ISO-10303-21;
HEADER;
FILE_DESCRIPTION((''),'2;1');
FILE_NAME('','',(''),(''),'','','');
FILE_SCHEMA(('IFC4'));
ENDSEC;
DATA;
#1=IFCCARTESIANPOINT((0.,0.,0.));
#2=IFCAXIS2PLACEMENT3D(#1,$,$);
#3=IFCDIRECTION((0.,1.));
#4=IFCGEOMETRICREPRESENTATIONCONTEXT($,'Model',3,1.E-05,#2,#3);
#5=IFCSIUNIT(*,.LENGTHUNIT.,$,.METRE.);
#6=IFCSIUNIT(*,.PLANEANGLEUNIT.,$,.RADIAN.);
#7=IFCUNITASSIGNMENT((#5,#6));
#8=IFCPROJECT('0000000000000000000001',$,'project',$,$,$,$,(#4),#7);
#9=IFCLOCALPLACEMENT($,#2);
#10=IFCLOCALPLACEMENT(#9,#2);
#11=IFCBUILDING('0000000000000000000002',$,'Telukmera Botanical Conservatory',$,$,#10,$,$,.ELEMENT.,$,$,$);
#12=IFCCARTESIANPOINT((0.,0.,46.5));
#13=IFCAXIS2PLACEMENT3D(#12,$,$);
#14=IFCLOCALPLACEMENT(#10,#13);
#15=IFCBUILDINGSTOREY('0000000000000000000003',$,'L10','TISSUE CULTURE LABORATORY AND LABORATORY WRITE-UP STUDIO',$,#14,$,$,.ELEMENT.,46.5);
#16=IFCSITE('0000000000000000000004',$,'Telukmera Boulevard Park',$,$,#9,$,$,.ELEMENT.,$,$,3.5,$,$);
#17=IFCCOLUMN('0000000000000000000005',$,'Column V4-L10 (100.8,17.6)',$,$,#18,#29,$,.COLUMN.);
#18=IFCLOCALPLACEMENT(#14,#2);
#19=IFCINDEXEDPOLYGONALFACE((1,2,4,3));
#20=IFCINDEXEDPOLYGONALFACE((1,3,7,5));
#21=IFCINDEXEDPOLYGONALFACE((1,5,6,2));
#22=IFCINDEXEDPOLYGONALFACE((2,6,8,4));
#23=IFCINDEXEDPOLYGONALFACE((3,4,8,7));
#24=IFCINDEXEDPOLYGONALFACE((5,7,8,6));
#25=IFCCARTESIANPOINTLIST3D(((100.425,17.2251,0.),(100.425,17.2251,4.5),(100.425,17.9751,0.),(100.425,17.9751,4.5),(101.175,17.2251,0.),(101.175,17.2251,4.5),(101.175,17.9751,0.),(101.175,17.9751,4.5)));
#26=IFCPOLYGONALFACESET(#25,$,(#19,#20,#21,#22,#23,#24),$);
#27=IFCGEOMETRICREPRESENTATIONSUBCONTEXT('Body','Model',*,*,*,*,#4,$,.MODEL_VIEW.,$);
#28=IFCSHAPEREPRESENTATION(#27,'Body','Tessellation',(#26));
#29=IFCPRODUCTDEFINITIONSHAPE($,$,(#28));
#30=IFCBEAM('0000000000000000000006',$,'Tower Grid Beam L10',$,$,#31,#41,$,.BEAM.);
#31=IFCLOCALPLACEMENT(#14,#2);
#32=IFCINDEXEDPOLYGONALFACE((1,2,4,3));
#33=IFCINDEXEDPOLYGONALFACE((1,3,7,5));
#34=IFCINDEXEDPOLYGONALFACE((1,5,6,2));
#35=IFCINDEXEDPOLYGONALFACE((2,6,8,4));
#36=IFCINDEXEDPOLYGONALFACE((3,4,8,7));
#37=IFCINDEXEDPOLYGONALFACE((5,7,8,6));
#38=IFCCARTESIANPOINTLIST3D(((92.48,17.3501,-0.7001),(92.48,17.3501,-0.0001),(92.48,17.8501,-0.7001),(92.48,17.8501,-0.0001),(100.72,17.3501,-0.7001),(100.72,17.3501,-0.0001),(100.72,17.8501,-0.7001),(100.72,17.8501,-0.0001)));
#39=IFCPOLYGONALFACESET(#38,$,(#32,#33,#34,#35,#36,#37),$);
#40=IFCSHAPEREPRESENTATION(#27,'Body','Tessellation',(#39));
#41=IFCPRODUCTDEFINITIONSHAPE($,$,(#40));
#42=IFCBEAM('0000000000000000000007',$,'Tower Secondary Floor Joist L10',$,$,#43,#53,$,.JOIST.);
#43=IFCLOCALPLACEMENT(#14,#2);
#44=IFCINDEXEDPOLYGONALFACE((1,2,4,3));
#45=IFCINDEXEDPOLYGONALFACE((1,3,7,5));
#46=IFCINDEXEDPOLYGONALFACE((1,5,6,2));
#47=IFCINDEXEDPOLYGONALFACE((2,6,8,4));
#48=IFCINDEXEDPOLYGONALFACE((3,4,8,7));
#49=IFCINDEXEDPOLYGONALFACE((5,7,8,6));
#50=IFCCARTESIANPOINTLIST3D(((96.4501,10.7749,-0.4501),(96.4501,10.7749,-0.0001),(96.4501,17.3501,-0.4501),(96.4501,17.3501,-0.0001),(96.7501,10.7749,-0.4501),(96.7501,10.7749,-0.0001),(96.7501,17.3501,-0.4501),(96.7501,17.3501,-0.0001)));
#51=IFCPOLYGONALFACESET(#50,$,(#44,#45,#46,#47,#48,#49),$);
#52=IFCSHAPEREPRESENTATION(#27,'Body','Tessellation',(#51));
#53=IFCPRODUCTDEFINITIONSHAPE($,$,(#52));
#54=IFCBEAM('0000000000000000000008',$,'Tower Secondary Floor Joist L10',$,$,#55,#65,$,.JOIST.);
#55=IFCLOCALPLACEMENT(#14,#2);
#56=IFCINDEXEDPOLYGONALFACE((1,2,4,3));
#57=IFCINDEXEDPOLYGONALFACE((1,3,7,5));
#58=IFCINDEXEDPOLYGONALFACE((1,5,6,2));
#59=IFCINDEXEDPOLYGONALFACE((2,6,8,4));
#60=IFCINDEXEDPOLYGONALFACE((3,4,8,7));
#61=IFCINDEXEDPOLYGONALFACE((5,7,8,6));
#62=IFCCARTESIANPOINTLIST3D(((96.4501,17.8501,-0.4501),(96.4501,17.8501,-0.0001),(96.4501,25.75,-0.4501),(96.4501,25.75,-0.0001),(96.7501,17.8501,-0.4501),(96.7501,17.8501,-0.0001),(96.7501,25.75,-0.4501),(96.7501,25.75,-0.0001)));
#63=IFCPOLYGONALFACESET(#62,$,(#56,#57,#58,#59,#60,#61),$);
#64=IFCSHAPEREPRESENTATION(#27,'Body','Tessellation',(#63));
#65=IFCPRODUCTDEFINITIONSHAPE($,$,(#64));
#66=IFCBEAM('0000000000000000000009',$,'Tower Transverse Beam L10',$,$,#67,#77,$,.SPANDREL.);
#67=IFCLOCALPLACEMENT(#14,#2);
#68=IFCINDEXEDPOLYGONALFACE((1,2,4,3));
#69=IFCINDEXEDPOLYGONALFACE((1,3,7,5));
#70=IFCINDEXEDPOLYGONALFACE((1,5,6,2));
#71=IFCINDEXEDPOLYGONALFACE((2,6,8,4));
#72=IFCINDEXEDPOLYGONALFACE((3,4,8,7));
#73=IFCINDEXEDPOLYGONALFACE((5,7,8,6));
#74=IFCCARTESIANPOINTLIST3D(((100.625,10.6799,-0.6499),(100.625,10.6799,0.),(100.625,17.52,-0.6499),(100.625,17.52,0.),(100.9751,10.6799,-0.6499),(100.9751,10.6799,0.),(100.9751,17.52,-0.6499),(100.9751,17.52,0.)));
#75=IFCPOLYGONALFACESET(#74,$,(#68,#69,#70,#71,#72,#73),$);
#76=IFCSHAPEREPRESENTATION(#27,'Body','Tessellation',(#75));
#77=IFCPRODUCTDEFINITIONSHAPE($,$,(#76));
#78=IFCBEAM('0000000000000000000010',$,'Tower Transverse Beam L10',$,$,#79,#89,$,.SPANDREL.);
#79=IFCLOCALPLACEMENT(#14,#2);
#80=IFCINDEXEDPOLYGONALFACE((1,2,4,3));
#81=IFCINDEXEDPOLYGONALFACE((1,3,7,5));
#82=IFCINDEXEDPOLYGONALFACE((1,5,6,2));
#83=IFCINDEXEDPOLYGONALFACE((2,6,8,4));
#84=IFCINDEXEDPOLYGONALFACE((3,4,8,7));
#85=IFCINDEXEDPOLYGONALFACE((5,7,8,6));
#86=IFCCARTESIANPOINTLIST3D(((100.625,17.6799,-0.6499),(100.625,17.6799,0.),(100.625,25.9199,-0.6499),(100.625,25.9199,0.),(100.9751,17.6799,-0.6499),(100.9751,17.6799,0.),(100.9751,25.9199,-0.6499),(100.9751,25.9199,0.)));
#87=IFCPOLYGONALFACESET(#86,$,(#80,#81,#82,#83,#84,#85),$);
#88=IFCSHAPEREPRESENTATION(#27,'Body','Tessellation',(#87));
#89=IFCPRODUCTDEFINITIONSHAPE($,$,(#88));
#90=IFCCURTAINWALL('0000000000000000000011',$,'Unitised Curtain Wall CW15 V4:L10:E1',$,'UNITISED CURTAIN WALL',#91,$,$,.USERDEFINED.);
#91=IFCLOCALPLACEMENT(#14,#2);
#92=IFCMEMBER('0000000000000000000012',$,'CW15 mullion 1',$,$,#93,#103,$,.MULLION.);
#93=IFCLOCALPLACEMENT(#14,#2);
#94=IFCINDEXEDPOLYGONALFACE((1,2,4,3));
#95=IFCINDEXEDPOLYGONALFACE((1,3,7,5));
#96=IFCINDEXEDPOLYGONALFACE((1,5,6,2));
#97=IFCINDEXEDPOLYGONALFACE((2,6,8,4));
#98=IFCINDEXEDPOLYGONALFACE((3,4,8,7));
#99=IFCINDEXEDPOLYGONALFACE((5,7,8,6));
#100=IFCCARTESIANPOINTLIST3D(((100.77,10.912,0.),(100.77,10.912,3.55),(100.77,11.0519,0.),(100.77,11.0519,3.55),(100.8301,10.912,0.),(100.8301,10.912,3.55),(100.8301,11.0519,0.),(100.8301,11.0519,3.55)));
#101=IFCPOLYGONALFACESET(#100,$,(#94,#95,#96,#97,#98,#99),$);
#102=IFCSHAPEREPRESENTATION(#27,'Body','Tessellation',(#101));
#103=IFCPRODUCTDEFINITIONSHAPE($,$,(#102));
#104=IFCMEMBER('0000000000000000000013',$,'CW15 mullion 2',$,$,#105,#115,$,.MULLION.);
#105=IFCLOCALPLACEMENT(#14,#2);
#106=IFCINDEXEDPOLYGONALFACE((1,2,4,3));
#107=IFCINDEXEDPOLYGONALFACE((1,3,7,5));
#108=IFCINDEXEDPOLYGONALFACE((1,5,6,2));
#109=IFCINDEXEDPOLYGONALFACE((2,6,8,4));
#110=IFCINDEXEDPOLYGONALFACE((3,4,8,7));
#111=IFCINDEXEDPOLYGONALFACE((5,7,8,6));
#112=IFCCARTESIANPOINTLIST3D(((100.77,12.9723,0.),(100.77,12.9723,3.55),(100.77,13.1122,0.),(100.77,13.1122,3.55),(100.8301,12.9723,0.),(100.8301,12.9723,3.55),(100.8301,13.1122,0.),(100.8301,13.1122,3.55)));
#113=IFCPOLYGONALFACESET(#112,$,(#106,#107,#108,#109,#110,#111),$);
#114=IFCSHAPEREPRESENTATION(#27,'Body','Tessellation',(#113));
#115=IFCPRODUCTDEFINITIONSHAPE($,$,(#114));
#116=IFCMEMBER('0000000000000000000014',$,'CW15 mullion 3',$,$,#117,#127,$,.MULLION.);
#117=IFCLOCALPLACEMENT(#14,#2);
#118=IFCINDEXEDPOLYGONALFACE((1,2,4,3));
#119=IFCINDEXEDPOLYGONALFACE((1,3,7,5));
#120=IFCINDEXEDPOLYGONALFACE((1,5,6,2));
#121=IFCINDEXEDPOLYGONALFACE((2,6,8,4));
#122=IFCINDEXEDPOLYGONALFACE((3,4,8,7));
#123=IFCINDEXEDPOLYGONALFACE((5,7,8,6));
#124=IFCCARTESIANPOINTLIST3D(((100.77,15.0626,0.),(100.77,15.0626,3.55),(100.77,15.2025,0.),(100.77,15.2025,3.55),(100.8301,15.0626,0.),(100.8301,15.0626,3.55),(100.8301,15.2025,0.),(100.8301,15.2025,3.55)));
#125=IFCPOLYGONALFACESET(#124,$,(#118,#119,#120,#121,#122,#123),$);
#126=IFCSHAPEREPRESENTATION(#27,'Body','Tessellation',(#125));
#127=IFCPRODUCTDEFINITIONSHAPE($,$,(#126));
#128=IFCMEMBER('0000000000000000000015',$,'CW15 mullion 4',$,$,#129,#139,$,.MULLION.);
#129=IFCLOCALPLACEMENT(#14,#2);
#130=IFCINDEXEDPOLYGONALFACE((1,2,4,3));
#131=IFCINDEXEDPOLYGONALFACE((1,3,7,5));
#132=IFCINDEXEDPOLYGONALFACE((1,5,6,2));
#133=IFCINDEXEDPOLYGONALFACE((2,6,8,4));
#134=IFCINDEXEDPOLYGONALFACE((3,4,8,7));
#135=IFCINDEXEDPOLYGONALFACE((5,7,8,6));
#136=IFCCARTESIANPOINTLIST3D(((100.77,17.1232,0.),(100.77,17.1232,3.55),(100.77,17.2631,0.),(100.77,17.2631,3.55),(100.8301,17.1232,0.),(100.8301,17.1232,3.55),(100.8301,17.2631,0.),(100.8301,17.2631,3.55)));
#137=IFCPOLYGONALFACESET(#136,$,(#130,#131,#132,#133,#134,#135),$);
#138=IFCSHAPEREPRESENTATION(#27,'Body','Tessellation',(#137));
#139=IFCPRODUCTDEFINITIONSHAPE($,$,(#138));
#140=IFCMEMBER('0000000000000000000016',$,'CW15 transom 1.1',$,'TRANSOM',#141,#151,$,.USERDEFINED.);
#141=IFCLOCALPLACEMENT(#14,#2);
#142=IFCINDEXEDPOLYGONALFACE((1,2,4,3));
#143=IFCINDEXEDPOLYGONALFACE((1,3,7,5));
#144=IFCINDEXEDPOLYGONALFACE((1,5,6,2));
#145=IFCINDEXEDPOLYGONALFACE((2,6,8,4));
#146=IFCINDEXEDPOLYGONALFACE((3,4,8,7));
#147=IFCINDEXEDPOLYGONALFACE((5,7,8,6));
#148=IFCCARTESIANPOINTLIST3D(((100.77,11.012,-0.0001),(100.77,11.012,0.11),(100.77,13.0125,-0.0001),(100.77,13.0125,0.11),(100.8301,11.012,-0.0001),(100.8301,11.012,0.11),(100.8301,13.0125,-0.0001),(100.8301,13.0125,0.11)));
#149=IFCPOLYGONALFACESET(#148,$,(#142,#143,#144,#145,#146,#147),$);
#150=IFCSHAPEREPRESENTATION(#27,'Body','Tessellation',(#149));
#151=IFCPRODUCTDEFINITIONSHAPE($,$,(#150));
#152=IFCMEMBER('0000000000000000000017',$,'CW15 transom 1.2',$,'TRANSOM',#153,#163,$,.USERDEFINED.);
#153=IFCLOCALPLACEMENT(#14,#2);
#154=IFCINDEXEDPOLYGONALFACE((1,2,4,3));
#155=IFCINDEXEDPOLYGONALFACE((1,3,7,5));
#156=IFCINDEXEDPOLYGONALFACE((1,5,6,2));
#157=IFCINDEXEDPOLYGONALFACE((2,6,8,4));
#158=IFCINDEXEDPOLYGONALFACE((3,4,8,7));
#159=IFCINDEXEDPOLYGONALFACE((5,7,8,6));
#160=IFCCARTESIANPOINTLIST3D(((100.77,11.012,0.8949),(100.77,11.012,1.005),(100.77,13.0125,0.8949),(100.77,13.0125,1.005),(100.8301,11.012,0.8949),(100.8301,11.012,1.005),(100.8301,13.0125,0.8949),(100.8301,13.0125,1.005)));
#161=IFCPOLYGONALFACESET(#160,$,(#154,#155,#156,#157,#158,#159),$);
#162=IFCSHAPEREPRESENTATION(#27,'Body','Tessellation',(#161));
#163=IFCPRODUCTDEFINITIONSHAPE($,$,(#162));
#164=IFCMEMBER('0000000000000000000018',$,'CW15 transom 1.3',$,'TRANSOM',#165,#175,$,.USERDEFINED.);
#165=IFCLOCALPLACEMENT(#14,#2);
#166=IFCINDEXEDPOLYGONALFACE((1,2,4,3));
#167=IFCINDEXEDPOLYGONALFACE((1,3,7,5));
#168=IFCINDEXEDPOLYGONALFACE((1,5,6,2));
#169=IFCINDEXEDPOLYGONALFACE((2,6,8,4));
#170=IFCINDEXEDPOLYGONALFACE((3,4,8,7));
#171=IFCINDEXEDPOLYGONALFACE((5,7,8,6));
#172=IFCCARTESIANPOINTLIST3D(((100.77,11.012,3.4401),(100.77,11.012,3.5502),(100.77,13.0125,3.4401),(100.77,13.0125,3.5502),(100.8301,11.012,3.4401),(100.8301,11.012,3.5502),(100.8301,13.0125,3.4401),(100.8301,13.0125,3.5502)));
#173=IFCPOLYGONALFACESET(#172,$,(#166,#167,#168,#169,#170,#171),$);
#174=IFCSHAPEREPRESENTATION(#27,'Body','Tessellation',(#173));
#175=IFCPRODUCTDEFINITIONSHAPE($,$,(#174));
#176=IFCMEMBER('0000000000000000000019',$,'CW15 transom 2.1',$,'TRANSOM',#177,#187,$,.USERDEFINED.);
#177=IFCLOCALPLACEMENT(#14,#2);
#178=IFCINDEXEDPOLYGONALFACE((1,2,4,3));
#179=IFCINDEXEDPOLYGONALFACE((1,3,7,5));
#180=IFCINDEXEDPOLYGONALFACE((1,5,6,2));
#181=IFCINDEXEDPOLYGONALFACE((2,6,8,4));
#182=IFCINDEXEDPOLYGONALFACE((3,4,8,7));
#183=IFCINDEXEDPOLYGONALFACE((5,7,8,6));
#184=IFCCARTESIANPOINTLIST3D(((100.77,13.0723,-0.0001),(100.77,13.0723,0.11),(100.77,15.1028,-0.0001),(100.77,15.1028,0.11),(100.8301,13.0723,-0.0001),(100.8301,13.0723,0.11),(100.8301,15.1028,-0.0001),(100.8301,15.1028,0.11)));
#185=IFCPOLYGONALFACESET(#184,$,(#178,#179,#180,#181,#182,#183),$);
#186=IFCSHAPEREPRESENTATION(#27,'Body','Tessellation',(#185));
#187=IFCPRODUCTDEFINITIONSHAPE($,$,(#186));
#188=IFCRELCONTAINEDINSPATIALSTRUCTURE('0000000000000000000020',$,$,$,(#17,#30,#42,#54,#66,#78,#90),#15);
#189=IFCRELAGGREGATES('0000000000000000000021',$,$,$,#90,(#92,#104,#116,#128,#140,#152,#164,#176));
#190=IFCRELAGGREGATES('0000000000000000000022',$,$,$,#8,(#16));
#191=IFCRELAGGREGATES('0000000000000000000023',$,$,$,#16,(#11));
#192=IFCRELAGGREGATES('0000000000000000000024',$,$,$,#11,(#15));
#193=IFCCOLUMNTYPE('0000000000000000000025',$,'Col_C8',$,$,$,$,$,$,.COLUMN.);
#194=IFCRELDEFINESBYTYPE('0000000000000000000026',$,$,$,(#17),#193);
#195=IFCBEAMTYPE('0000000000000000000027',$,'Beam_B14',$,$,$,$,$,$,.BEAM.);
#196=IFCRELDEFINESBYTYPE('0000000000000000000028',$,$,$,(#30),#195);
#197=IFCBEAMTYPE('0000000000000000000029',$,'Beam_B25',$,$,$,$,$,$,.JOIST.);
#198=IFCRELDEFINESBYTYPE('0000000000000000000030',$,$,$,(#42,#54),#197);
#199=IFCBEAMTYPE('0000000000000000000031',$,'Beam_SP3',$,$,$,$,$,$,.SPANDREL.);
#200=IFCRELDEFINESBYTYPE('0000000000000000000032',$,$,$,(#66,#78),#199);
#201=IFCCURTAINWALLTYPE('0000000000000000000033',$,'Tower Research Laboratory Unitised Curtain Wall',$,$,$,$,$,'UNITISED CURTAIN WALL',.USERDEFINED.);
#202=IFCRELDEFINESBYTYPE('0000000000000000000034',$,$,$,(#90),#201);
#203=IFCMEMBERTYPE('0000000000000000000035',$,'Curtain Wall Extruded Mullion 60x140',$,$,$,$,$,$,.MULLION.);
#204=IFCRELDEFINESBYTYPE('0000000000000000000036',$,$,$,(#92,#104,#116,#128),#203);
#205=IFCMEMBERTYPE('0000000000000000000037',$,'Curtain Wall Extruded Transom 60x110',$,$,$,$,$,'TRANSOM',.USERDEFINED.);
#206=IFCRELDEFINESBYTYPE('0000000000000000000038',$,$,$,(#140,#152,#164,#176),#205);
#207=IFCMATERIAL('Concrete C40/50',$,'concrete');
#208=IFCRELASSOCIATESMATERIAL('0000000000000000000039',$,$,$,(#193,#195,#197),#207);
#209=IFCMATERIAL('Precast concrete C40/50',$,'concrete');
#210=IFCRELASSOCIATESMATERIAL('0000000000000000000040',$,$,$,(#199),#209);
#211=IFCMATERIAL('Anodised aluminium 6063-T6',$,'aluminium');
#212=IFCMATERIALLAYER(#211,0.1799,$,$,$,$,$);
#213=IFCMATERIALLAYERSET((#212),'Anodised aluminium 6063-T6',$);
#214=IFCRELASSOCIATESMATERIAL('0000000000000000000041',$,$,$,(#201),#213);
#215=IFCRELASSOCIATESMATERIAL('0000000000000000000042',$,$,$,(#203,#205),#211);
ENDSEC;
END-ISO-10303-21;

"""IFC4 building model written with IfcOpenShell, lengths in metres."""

from ifc_helpers import new_model, si_unit, direction, frame, origin, origin_2d, place, context, subcontext, project, spatial, rectangle, extrude, material, layer, layer_set, material_profile, profile_set, type_object, element, aggregate, save


model = new_model("IFC4")

# Units and contexts
model_context = context("Model", 3, precision=1e-05, world=origin(), true_north=direction((0.0, 1.0)))
body_context = subcontext(model_context, "Body", "Model", "MODEL_VIEW")
ifc_project = project(units=[si_unit("LENGTHUNIT", "METRE"), si_unit("PLANEANGLEUNIT", "RADIAN")], contexts=[model_context])

# Site, building, storey
site_placement = place(None, origin())
site = spatial("IfcSite", under=ifc_project, at=site_placement, Name="Telukmera Boulevard Park", CompositionType="ELEMENT", RefElevation=3.5)
building_placement = place(site_placement, origin())
building = spatial("IfcBuilding", under=site, at=building_placement, Name="Telukmera Botanical Conservatory", CompositionType="ELEMENT")
storey_placement = place(building_placement, frame((0.0, 0.0, 46.5)))
storey = spatial("IfcBuildingStorey", under=building, at=storey_placement, Name="L10", Description="TISSUE CULTURE LABORATORY AND LABORATORY WRITE-UP STUDIO", CompositionType="ELEMENT", Elevation=46.5)

# Column
ifc_material_1 = material(Name="Concrete C40/50", Category="concrete")
ifc_material_profile_1 = material_profile(ifc_material_1, rectangle(XDim=0.75, YDim=0.75, at=origin_2d()), Name="RC 750x750")
ifc_profile_set_1 = profile_set([ifc_material_profile_1], Name="Concrete C40/50")
column_type = type_object("IfcColumnType", Name="Col_C8", PredefinedType="COLUMN", material=ifc_profile_set_1)
column_placement = place(storey_placement, frame((100.8, 17.6001, 0.0), z_axis=(0.0, 0.0, 1.0), x_axis=(1.0, 0.0, 0.0)))
element("IfcColumn", 1, at=column_placement, inside=storey, type_object=column_type, Name="Column V4-L10 (100.8,17.6)", PredefinedType="COLUMN", context=body_context, shape_type="SweptSolid", body=[
    extrude(rectangle(XDim=0.75, YDim=0.75, at=origin_2d()), origin(), (0.0, 0.0, 1.0), 4.5),
])

# Beams
ifc_material_profile_2 = material_profile(ifc_material_1, rectangle(XDim=0.5, YDim=0.7, at=origin_2d()), Name="RC 500x700")
ifc_profile_set_2 = profile_set([ifc_material_profile_2], Name="Concrete C40/50")
beam_type_1 = type_object("IfcBeamType", Name="Beam_B14", PredefinedType="BEAM", material=ifc_profile_set_2)
beam_1_placement = place(storey_placement, frame((92.48, 17.6001, -0.3501), z_axis=(1.0, 0.0, 0.0), x_axis=(0.0, 1.0, 0.0)))
element("IfcBeam", 2, at=beam_1_placement, inside=storey, type_object=beam_type_1, Name="Tower Grid Beam L10", PredefinedType="BEAM", context=body_context, shape_type="SweptSolid", body=[
    extrude(rectangle(XDim=0.5, YDim=0.7, at=origin_2d()), origin(), (0.0, 0.0, 1.0), 8.24),
])
ifc_material_profile_3 = material_profile(ifc_material_1, rectangle(XDim=0.3, YDim=0.45, at=origin_2d()), Name="RC 300x450")
ifc_profile_set_3 = profile_set([ifc_material_profile_3], Name="Concrete C40/50")
beam_type_2 = type_object("IfcBeamType", Name="Beam_B25", PredefinedType="JOIST", material=ifc_profile_set_3)
beam_2_placement = place(storey_placement, frame((96.6001, 10.7749, -0.2251), z_axis=(0.0, 1.0, 0.0), x_axis=(-1.0, 0.0, 0.0)))
element("IfcBeam", 3, at=beam_2_placement, inside=storey, type_object=beam_type_2, Name="Tower Secondary Floor Joist L10", PredefinedType="JOIST", context=body_context, shape_type="SweptSolid", body=[
    extrude(rectangle(XDim=0.3, YDim=0.45, at=origin_2d()), origin(), (0.0, 0.0, 1.0), 6.5752),
])
beam_3_placement = place(storey_placement, frame((96.6001, 17.8501, -0.2251), z_axis=(0.0, 1.0, 0.0), x_axis=(-1.0, 0.0, 0.0)))
element("IfcBeam", 4, at=beam_3_placement, inside=storey, type_object=beam_type_2, Name="Tower Secondary Floor Joist L10", PredefinedType="JOIST", context=body_context, shape_type="SweptSolid", body=[
    extrude(rectangle(XDim=0.3, YDim=0.45, at=origin_2d()), origin(), (0.0, 0.0, 1.0), 7.8999),
])
ifc_material_2 = material(Name="Precast concrete C40/50", Category="concrete")
ifc_material_profile_4 = material_profile(ifc_material_2, rectangle(XDim=0.3501, YDim=0.6499, at=origin_2d()), Name="PC 350x650")
ifc_profile_set_4 = profile_set([ifc_material_profile_4], Name="Precast concrete C40/50")
beam_type_3 = type_object("IfcBeamType", Name="Beam_SP3", PredefinedType="SPANDREL", material=ifc_profile_set_4)
beam_4_placement = place(storey_placement, frame((100.8, 10.6799, -0.325), z_axis=(0.0, 1.0, 0.0), x_axis=(-1.0, 0.0, 0.0)))
element("IfcBeam", 5, at=beam_4_placement, inside=storey, type_object=beam_type_3, Name="Tower Transverse Beam L10", PredefinedType="SPANDREL", context=body_context, shape_type="SweptSolid", body=[
    extrude(rectangle(XDim=0.3501, YDim=0.6499, at=origin_2d()), origin(), (0.0, 0.0, 1.0), 6.8401),
])
beam_5_placement = place(storey_placement, frame((100.8, 17.6799, -0.325), z_axis=(0.0, 1.0, 0.0), x_axis=(-1.0, 0.0, 0.0)))
element("IfcBeam", 6, at=beam_5_placement, inside=storey, type_object=beam_type_3, Name="Tower Transverse Beam L10", PredefinedType="SPANDREL", context=body_context, shape_type="SweptSolid", body=[
    extrude(rectangle(XDim=0.3501, YDim=0.6499, at=origin_2d()), origin(), (0.0, 0.0, 1.0), 8.24),
])

# Curtain wall, members
ifc_material_3 = material(Name="Anodised aluminium 6063-T6", Category="aluminium")
ifc_layer_1 = layer(ifc_material_3, 0.1799)
ifc_layer_set_1 = layer_set([ifc_layer_1], Name="Anodised aluminium 6063-T6")
curtain_wall_type = type_object("IfcCurtainWallType", Name="Tower Research Laboratory Unitised Curtain Wall", ElementType="UNITISED CURTAIN WALL", PredefinedType="USERDEFINED", material=ifc_layer_set_1)
curtain_wall_placement = place(storey_placement, origin())
curtain_wall = element("IfcCurtainWall", 7, at=curtain_wall_placement, inside=storey, type_object=curtain_wall_type, Name="Unitised Curtain Wall CW15 V4:L10:E1", ObjectType="UNITISED CURTAIN WALL", PredefinedType="USERDEFINED")
ifc_material_profile_5 = material_profile(ifc_material_3, rectangle(XDim=0.0601, YDim=0.1399, at=origin_2d()), Name="ALU MULL 60x140")
ifc_profile_set_5 = profile_set([ifc_material_profile_5], Name="Anodised aluminium 6063-T6")
member_type_1 = type_object("IfcMemberType", Name="Curtain Wall Extruded Mullion 60x140", PredefinedType="MULLION", material=ifc_profile_set_5)
member_1_placement = place(storey_placement, frame((100.8, 10.9819, 0.0), z_axis=(0.0, 0.0, 1.0), x_axis=(-1.0, 0.0, 0.0)))
member_1 = element("IfcMember", 8, at=member_1_placement, type_object=member_type_1, Name="CW15 mullion 1", PredefinedType="MULLION", context=body_context, shape_type="SweptSolid", body=[
    extrude(rectangle(XDim=0.0601, YDim=0.1399, at=origin_2d()), origin(), (0.0, 0.0, 1.0), 3.55),
])
member_2_placement = place(storey_placement, frame((100.8, 13.0422, 0.0), z_axis=(0.0, 0.0, 1.0), x_axis=(-1.0, 0.0, 0.0)))
member_2 = element("IfcMember", 9, at=member_2_placement, type_object=member_type_1, Name="CW15 mullion 2", PredefinedType="MULLION", context=body_context, shape_type="SweptSolid", body=[
    extrude(rectangle(XDim=0.0601, YDim=0.1399, at=origin_2d()), origin(), (0.0, 0.0, 1.0), 3.55),
])
member_3_placement = place(storey_placement, frame((100.8, 15.1326, 0.0), z_axis=(0.0, 0.0, 1.0), x_axis=(-1.0, 0.0, 0.0)))
member_3 = element("IfcMember", 10, at=member_3_placement, type_object=member_type_1, Name="CW15 mullion 3", PredefinedType="MULLION", context=body_context, shape_type="SweptSolid", body=[
    extrude(rectangle(XDim=0.0601, YDim=0.1399, at=origin_2d()), origin(), (0.0, 0.0, 1.0), 3.55),
])
member_4_placement = place(storey_placement, frame((100.8, 17.1931, 0.0), z_axis=(0.0, 0.0, 1.0), x_axis=(-1.0, 0.0, 0.0)))
member_4 = element("IfcMember", 11, at=member_4_placement, type_object=member_type_1, Name="CW15 mullion 4", PredefinedType="MULLION", context=body_context, shape_type="SweptSolid", body=[
    extrude(rectangle(XDim=0.0601, YDim=0.1399, at=origin_2d()), origin(), (0.0, 0.0, 1.0), 3.55),
])
ifc_material_profile_6 = material_profile(ifc_material_3, rectangle(XDim=0.0601, YDim=0.1101, at=origin_2d()), Name="ALU TRAN 60x110")
ifc_profile_set_6 = profile_set([ifc_material_profile_6], Name="Anodised aluminium 6063-T6")
member_type_2 = type_object("IfcMemberType", Name="Curtain Wall Extruded Transom 60x110", ElementType="TRANSOM", PredefinedType="USERDEFINED", material=ifc_profile_set_6)
member_5_placement = place(storey_placement, frame((100.8, 11.012, 0.0549), z_axis=(0.0, 1.0, 0.0), x_axis=(-1.0, 0.0, 0.0)))
member_5 = element("IfcMember", 12, at=member_5_placement, type_object=member_type_2, Name="CW15 transom 1.1", ObjectType="TRANSOM", PredefinedType="USERDEFINED", context=body_context, shape_type="SweptSolid", body=[
    extrude(rectangle(XDim=0.0601, YDim=0.1101, at=origin_2d()), origin(), (0.0, 0.0, 1.0), 2.0005),
])
member_6_placement = place(storey_placement, frame((100.8, 11.012, 0.95), z_axis=(0.0, 1.0, 0.0), x_axis=(-1.0, 0.0, 0.0)))
member_6 = element("IfcMember", 13, at=member_6_placement, type_object=member_type_2, Name="CW15 transom 1.2", ObjectType="TRANSOM", PredefinedType="USERDEFINED", context=body_context, shape_type="SweptSolid", body=[
    extrude(rectangle(XDim=0.0601, YDim=0.1101, at=origin_2d()), origin(), (0.0, 0.0, 1.0), 2.0005),
])
member_7_placement = place(storey_placement, frame((100.8, 11.012, 3.4951), z_axis=(0.0, 1.0, 0.0), x_axis=(-1.0, 0.0, 0.0)))
member_7 = element("IfcMember", 14, at=member_7_placement, type_object=member_type_2, Name="CW15 transom 1.3", ObjectType="TRANSOM", PredefinedType="USERDEFINED", context=body_context, shape_type="SweptSolid", body=[
    extrude(rectangle(XDim=0.0601, YDim=0.1101, at=origin_2d()), origin(), (0.0, 0.0, 1.0), 2.0005),
])
member_8_placement = place(storey_placement, frame((100.8, 13.0723, 0.0549), z_axis=(0.0, 1.0, 0.0), x_axis=(-1.0, 0.0, 0.0)))
member_8 = element("IfcMember", 15, at=member_8_placement, type_object=member_type_2, Name="CW15 transom 2.1", ObjectType="TRANSOM", PredefinedType="USERDEFINED", context=body_context, shape_type="SweptSolid", body=[
    extrude(rectangle(XDim=0.0601, YDim=0.1101, at=origin_2d()), origin(), (0.0, 0.0, 1.0), 2.0305),
])
aggregate(curtain_wall, [member_1, member_2, member_3, member_4, member_5, member_6, member_7, member_8])

save(model, "model.ifc")
